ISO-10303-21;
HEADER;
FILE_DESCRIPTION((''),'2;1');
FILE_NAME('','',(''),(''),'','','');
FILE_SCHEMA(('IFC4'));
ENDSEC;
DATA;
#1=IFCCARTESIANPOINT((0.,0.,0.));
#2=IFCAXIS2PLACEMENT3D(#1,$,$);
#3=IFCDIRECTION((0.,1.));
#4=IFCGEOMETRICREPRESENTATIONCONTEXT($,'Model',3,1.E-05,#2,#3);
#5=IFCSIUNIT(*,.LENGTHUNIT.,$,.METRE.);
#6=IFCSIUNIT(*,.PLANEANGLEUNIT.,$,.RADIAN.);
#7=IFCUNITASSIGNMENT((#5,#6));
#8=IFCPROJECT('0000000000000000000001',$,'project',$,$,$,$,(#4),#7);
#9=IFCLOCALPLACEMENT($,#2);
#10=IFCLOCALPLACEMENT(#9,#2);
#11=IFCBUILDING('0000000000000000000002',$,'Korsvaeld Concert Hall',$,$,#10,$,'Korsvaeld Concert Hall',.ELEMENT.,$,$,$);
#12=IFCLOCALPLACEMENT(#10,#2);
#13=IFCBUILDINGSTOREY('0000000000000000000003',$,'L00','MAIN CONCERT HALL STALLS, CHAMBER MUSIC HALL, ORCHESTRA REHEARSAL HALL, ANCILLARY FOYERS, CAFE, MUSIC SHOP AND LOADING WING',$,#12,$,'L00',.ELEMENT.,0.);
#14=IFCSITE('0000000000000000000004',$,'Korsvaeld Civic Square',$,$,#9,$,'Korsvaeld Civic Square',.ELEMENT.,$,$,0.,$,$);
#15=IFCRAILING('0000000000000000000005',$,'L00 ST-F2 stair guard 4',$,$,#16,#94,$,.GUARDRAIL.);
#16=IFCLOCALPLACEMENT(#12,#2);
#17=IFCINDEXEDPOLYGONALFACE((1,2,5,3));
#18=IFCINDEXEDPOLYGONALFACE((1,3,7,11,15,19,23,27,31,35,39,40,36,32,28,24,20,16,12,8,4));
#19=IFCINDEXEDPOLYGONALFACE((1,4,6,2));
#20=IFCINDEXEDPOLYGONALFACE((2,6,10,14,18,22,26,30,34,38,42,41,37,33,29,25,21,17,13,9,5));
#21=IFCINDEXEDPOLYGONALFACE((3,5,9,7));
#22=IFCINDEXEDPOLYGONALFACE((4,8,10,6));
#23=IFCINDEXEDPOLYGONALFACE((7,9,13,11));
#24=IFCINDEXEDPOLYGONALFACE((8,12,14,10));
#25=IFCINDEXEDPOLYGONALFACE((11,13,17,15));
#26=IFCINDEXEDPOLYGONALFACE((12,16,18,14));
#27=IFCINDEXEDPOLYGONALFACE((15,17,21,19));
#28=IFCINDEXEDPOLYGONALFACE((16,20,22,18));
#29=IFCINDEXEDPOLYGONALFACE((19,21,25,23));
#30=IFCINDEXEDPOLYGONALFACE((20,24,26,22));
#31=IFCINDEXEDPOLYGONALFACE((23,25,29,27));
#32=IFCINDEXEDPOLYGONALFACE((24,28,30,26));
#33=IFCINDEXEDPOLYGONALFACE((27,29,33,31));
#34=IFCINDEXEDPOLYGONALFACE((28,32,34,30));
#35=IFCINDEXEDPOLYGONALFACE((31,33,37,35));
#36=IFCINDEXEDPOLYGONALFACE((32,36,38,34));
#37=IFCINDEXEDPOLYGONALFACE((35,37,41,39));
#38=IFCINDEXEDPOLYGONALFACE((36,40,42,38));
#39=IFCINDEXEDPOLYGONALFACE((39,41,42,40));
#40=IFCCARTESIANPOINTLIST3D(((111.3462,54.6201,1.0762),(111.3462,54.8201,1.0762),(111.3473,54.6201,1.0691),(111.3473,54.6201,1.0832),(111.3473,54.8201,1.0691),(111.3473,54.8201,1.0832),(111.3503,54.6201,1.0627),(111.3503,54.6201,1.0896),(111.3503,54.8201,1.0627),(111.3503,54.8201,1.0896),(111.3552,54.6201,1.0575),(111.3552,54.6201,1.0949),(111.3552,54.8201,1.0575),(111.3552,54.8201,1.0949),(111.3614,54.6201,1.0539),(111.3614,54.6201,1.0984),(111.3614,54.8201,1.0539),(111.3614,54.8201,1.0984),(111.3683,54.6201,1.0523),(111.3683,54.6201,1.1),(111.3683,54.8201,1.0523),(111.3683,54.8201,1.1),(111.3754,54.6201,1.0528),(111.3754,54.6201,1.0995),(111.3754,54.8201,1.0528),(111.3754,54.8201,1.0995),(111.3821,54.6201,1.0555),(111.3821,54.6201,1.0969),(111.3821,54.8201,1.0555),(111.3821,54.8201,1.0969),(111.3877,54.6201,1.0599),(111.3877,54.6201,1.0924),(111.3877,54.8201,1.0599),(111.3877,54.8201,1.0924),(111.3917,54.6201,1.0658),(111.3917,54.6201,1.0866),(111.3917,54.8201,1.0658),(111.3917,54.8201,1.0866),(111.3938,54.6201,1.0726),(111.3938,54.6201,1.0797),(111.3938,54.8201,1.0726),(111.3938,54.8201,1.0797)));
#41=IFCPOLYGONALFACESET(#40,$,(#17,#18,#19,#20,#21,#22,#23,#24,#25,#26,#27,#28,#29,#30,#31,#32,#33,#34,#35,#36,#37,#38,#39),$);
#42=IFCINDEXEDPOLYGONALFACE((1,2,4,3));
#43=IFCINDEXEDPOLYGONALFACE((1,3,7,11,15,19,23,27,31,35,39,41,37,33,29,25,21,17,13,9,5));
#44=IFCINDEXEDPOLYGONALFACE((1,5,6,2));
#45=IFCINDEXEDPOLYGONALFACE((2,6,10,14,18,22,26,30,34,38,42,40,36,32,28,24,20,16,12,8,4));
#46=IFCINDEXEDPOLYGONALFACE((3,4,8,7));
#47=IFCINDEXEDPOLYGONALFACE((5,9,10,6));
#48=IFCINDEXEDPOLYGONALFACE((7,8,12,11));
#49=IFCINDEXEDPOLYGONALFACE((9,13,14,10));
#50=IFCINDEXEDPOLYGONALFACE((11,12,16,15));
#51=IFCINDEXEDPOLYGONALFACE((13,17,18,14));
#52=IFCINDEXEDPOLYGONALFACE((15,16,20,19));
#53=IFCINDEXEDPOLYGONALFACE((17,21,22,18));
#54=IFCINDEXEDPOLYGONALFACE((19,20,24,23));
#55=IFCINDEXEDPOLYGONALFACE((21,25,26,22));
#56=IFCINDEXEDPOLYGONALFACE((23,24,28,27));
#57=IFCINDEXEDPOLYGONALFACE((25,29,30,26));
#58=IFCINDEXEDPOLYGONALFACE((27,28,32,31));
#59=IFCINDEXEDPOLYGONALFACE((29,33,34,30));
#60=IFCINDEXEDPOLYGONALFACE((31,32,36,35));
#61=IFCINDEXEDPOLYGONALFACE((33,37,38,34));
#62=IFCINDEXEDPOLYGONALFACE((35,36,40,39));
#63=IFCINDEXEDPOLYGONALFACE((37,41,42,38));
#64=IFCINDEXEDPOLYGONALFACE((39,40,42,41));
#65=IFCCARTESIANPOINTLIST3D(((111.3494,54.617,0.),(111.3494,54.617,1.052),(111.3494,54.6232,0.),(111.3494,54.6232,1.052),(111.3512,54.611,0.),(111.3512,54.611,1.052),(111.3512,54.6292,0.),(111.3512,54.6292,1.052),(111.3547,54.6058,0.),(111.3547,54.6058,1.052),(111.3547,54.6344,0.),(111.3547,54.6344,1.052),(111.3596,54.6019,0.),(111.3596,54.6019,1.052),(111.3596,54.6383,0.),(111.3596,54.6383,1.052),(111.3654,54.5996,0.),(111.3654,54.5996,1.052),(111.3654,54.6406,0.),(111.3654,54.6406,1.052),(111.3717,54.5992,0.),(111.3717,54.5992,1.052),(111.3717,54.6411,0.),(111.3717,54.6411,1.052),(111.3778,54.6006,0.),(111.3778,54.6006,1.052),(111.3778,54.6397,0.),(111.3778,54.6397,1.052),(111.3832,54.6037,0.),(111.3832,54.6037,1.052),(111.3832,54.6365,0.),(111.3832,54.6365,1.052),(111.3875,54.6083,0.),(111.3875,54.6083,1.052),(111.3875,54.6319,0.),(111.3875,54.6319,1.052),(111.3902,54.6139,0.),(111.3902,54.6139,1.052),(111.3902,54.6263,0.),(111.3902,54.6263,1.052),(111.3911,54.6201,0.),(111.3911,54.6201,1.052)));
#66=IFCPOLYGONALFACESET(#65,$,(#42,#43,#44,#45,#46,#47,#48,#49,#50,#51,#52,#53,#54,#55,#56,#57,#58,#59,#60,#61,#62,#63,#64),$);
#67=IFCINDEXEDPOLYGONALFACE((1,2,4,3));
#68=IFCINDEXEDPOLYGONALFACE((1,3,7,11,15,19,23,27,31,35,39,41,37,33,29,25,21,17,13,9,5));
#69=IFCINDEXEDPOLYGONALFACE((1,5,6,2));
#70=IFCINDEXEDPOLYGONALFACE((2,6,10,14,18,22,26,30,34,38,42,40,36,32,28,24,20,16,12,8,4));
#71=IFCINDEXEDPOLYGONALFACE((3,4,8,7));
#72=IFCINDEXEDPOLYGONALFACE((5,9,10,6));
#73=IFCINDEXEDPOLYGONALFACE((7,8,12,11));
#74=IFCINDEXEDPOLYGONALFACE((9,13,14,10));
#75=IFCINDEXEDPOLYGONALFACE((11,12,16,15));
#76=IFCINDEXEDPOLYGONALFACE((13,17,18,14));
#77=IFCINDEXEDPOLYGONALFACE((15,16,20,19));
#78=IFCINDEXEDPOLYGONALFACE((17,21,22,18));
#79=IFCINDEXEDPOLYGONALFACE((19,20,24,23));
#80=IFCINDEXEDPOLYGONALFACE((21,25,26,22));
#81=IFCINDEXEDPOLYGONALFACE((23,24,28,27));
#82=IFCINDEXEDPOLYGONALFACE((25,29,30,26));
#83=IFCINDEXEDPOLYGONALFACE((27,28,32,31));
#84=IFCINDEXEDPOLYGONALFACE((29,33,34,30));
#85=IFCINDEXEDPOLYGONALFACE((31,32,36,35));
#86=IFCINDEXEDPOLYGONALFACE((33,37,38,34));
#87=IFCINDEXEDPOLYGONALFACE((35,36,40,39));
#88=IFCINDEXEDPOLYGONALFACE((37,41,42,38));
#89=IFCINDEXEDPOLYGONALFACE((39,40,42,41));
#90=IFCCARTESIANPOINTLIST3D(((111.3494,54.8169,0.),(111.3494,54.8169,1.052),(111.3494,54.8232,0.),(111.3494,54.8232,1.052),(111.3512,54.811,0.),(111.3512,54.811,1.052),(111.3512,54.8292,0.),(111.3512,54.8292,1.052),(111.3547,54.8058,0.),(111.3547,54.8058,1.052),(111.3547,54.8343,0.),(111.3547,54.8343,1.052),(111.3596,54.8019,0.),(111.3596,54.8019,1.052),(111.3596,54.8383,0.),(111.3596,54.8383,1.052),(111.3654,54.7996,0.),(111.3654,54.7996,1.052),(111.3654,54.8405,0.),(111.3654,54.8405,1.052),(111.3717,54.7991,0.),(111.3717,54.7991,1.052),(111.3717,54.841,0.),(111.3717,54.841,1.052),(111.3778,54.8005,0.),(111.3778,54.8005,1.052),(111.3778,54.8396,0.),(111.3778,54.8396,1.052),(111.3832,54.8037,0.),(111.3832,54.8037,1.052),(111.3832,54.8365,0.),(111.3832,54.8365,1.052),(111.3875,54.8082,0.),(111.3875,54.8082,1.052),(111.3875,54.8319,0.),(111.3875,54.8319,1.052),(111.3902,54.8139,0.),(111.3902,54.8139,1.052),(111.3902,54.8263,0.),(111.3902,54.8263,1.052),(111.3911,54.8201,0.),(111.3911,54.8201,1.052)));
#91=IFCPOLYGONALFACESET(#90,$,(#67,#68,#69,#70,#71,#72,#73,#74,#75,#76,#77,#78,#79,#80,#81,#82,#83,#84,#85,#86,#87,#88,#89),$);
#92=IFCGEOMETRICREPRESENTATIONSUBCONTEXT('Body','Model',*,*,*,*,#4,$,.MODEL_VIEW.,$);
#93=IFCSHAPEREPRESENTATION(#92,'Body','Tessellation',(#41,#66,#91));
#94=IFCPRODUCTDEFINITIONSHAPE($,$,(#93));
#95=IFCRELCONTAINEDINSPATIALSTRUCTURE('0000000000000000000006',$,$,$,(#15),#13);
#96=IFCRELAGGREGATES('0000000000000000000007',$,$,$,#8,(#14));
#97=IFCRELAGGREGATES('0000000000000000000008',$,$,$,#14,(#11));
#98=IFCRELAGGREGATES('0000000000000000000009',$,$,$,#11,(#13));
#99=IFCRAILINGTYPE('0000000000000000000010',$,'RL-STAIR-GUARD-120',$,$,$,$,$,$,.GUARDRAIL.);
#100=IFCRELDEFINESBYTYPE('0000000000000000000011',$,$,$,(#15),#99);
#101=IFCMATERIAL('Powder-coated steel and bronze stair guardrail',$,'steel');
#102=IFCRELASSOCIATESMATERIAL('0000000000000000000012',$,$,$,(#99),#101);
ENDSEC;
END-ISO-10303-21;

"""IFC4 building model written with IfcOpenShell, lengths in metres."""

from ifc_helpers import new_model, si_unit, direction, frame, origin, origin_2d, place, context, subcontext, project, spatial, circle, extrude, material, type_object, element, save


model = new_model("IFC4")

# Units and contexts
model_context = context("Model", 3, precision=1e-05, world=origin(), true_north=direction((0.0, 1.0)))
body_context = subcontext(model_context, "Body", "Model", "MODEL_VIEW")
ifc_project = project(units=[si_unit("LENGTHUNIT", "METRE"), si_unit("PLANEANGLEUNIT", "RADIAN")], contexts=[model_context])

# Site, building, storey
site_placement = place(None, origin())
site = spatial("IfcSite", under=ifc_project, at=site_placement, Name="Korsvaeld Civic Square", LongName="Korsvaeld Civic Square", CompositionType="ELEMENT", RefElevation=0.0)
building_placement = place(site_placement, origin())
building = spatial("IfcBuilding", under=site, at=building_placement, Name="Korsvaeld Concert Hall", LongName="Korsvaeld Concert Hall", CompositionType="ELEMENT")
storey_placement = place(building_placement, origin())
storey = spatial("IfcBuildingStorey", under=building, at=storey_placement, Name="L00", Description="MAIN CONCERT HALL STALLS, CHAMBER MUSIC HALL, ORCHESTRA REHEARSAL HALL, ANCILLARY FOYERS, CAFE, MUSIC SHOP AND LOADING WING", LongName="L00", CompositionType="ELEMENT", Elevation=0.0)

# Railing
ifc_material_1 = material(Name="Powder-coated steel and bronze stair guardrail", Category="steel")
railing_type_1 = type_object("IfcRailingType", Name="RL-STAIR-GUARD-120", PredefinedType="GUARDRAIL", material=ifc_material_1)
railing_1_placement = place(storey_placement, frame((111.3701, 54.6201, 0.0)))
element("IfcRailing", 1, at=railing_1_placement, inside=storey, type_object=railing_type_1, Name="L00 ST-F2 stair guard 4", PredefinedType="GUARDRAIL", context=body_context, shape_type="SweptSolid", body=[
    extrude(circle(Radius=0.0239, at=origin_2d()), frame((0.0, 0.0, 1.0762), z_axis=(0.0, 1.0, 0.0), x_axis=(-1.0, 0.0, 0.0)), (0.0, 0.0, 1.0), 0.2),
    extrude(circle(Radius=0.021, at=origin_2d()), origin(), (0.0, 0.0, 1.0), 1.052),
    extrude(circle(Radius=0.021, at=origin_2d()), frame((0.0, 0.2, 0.0)), (0.0, 0.0, 1.0), 1.052),
])

save(model, "model.ifc")
